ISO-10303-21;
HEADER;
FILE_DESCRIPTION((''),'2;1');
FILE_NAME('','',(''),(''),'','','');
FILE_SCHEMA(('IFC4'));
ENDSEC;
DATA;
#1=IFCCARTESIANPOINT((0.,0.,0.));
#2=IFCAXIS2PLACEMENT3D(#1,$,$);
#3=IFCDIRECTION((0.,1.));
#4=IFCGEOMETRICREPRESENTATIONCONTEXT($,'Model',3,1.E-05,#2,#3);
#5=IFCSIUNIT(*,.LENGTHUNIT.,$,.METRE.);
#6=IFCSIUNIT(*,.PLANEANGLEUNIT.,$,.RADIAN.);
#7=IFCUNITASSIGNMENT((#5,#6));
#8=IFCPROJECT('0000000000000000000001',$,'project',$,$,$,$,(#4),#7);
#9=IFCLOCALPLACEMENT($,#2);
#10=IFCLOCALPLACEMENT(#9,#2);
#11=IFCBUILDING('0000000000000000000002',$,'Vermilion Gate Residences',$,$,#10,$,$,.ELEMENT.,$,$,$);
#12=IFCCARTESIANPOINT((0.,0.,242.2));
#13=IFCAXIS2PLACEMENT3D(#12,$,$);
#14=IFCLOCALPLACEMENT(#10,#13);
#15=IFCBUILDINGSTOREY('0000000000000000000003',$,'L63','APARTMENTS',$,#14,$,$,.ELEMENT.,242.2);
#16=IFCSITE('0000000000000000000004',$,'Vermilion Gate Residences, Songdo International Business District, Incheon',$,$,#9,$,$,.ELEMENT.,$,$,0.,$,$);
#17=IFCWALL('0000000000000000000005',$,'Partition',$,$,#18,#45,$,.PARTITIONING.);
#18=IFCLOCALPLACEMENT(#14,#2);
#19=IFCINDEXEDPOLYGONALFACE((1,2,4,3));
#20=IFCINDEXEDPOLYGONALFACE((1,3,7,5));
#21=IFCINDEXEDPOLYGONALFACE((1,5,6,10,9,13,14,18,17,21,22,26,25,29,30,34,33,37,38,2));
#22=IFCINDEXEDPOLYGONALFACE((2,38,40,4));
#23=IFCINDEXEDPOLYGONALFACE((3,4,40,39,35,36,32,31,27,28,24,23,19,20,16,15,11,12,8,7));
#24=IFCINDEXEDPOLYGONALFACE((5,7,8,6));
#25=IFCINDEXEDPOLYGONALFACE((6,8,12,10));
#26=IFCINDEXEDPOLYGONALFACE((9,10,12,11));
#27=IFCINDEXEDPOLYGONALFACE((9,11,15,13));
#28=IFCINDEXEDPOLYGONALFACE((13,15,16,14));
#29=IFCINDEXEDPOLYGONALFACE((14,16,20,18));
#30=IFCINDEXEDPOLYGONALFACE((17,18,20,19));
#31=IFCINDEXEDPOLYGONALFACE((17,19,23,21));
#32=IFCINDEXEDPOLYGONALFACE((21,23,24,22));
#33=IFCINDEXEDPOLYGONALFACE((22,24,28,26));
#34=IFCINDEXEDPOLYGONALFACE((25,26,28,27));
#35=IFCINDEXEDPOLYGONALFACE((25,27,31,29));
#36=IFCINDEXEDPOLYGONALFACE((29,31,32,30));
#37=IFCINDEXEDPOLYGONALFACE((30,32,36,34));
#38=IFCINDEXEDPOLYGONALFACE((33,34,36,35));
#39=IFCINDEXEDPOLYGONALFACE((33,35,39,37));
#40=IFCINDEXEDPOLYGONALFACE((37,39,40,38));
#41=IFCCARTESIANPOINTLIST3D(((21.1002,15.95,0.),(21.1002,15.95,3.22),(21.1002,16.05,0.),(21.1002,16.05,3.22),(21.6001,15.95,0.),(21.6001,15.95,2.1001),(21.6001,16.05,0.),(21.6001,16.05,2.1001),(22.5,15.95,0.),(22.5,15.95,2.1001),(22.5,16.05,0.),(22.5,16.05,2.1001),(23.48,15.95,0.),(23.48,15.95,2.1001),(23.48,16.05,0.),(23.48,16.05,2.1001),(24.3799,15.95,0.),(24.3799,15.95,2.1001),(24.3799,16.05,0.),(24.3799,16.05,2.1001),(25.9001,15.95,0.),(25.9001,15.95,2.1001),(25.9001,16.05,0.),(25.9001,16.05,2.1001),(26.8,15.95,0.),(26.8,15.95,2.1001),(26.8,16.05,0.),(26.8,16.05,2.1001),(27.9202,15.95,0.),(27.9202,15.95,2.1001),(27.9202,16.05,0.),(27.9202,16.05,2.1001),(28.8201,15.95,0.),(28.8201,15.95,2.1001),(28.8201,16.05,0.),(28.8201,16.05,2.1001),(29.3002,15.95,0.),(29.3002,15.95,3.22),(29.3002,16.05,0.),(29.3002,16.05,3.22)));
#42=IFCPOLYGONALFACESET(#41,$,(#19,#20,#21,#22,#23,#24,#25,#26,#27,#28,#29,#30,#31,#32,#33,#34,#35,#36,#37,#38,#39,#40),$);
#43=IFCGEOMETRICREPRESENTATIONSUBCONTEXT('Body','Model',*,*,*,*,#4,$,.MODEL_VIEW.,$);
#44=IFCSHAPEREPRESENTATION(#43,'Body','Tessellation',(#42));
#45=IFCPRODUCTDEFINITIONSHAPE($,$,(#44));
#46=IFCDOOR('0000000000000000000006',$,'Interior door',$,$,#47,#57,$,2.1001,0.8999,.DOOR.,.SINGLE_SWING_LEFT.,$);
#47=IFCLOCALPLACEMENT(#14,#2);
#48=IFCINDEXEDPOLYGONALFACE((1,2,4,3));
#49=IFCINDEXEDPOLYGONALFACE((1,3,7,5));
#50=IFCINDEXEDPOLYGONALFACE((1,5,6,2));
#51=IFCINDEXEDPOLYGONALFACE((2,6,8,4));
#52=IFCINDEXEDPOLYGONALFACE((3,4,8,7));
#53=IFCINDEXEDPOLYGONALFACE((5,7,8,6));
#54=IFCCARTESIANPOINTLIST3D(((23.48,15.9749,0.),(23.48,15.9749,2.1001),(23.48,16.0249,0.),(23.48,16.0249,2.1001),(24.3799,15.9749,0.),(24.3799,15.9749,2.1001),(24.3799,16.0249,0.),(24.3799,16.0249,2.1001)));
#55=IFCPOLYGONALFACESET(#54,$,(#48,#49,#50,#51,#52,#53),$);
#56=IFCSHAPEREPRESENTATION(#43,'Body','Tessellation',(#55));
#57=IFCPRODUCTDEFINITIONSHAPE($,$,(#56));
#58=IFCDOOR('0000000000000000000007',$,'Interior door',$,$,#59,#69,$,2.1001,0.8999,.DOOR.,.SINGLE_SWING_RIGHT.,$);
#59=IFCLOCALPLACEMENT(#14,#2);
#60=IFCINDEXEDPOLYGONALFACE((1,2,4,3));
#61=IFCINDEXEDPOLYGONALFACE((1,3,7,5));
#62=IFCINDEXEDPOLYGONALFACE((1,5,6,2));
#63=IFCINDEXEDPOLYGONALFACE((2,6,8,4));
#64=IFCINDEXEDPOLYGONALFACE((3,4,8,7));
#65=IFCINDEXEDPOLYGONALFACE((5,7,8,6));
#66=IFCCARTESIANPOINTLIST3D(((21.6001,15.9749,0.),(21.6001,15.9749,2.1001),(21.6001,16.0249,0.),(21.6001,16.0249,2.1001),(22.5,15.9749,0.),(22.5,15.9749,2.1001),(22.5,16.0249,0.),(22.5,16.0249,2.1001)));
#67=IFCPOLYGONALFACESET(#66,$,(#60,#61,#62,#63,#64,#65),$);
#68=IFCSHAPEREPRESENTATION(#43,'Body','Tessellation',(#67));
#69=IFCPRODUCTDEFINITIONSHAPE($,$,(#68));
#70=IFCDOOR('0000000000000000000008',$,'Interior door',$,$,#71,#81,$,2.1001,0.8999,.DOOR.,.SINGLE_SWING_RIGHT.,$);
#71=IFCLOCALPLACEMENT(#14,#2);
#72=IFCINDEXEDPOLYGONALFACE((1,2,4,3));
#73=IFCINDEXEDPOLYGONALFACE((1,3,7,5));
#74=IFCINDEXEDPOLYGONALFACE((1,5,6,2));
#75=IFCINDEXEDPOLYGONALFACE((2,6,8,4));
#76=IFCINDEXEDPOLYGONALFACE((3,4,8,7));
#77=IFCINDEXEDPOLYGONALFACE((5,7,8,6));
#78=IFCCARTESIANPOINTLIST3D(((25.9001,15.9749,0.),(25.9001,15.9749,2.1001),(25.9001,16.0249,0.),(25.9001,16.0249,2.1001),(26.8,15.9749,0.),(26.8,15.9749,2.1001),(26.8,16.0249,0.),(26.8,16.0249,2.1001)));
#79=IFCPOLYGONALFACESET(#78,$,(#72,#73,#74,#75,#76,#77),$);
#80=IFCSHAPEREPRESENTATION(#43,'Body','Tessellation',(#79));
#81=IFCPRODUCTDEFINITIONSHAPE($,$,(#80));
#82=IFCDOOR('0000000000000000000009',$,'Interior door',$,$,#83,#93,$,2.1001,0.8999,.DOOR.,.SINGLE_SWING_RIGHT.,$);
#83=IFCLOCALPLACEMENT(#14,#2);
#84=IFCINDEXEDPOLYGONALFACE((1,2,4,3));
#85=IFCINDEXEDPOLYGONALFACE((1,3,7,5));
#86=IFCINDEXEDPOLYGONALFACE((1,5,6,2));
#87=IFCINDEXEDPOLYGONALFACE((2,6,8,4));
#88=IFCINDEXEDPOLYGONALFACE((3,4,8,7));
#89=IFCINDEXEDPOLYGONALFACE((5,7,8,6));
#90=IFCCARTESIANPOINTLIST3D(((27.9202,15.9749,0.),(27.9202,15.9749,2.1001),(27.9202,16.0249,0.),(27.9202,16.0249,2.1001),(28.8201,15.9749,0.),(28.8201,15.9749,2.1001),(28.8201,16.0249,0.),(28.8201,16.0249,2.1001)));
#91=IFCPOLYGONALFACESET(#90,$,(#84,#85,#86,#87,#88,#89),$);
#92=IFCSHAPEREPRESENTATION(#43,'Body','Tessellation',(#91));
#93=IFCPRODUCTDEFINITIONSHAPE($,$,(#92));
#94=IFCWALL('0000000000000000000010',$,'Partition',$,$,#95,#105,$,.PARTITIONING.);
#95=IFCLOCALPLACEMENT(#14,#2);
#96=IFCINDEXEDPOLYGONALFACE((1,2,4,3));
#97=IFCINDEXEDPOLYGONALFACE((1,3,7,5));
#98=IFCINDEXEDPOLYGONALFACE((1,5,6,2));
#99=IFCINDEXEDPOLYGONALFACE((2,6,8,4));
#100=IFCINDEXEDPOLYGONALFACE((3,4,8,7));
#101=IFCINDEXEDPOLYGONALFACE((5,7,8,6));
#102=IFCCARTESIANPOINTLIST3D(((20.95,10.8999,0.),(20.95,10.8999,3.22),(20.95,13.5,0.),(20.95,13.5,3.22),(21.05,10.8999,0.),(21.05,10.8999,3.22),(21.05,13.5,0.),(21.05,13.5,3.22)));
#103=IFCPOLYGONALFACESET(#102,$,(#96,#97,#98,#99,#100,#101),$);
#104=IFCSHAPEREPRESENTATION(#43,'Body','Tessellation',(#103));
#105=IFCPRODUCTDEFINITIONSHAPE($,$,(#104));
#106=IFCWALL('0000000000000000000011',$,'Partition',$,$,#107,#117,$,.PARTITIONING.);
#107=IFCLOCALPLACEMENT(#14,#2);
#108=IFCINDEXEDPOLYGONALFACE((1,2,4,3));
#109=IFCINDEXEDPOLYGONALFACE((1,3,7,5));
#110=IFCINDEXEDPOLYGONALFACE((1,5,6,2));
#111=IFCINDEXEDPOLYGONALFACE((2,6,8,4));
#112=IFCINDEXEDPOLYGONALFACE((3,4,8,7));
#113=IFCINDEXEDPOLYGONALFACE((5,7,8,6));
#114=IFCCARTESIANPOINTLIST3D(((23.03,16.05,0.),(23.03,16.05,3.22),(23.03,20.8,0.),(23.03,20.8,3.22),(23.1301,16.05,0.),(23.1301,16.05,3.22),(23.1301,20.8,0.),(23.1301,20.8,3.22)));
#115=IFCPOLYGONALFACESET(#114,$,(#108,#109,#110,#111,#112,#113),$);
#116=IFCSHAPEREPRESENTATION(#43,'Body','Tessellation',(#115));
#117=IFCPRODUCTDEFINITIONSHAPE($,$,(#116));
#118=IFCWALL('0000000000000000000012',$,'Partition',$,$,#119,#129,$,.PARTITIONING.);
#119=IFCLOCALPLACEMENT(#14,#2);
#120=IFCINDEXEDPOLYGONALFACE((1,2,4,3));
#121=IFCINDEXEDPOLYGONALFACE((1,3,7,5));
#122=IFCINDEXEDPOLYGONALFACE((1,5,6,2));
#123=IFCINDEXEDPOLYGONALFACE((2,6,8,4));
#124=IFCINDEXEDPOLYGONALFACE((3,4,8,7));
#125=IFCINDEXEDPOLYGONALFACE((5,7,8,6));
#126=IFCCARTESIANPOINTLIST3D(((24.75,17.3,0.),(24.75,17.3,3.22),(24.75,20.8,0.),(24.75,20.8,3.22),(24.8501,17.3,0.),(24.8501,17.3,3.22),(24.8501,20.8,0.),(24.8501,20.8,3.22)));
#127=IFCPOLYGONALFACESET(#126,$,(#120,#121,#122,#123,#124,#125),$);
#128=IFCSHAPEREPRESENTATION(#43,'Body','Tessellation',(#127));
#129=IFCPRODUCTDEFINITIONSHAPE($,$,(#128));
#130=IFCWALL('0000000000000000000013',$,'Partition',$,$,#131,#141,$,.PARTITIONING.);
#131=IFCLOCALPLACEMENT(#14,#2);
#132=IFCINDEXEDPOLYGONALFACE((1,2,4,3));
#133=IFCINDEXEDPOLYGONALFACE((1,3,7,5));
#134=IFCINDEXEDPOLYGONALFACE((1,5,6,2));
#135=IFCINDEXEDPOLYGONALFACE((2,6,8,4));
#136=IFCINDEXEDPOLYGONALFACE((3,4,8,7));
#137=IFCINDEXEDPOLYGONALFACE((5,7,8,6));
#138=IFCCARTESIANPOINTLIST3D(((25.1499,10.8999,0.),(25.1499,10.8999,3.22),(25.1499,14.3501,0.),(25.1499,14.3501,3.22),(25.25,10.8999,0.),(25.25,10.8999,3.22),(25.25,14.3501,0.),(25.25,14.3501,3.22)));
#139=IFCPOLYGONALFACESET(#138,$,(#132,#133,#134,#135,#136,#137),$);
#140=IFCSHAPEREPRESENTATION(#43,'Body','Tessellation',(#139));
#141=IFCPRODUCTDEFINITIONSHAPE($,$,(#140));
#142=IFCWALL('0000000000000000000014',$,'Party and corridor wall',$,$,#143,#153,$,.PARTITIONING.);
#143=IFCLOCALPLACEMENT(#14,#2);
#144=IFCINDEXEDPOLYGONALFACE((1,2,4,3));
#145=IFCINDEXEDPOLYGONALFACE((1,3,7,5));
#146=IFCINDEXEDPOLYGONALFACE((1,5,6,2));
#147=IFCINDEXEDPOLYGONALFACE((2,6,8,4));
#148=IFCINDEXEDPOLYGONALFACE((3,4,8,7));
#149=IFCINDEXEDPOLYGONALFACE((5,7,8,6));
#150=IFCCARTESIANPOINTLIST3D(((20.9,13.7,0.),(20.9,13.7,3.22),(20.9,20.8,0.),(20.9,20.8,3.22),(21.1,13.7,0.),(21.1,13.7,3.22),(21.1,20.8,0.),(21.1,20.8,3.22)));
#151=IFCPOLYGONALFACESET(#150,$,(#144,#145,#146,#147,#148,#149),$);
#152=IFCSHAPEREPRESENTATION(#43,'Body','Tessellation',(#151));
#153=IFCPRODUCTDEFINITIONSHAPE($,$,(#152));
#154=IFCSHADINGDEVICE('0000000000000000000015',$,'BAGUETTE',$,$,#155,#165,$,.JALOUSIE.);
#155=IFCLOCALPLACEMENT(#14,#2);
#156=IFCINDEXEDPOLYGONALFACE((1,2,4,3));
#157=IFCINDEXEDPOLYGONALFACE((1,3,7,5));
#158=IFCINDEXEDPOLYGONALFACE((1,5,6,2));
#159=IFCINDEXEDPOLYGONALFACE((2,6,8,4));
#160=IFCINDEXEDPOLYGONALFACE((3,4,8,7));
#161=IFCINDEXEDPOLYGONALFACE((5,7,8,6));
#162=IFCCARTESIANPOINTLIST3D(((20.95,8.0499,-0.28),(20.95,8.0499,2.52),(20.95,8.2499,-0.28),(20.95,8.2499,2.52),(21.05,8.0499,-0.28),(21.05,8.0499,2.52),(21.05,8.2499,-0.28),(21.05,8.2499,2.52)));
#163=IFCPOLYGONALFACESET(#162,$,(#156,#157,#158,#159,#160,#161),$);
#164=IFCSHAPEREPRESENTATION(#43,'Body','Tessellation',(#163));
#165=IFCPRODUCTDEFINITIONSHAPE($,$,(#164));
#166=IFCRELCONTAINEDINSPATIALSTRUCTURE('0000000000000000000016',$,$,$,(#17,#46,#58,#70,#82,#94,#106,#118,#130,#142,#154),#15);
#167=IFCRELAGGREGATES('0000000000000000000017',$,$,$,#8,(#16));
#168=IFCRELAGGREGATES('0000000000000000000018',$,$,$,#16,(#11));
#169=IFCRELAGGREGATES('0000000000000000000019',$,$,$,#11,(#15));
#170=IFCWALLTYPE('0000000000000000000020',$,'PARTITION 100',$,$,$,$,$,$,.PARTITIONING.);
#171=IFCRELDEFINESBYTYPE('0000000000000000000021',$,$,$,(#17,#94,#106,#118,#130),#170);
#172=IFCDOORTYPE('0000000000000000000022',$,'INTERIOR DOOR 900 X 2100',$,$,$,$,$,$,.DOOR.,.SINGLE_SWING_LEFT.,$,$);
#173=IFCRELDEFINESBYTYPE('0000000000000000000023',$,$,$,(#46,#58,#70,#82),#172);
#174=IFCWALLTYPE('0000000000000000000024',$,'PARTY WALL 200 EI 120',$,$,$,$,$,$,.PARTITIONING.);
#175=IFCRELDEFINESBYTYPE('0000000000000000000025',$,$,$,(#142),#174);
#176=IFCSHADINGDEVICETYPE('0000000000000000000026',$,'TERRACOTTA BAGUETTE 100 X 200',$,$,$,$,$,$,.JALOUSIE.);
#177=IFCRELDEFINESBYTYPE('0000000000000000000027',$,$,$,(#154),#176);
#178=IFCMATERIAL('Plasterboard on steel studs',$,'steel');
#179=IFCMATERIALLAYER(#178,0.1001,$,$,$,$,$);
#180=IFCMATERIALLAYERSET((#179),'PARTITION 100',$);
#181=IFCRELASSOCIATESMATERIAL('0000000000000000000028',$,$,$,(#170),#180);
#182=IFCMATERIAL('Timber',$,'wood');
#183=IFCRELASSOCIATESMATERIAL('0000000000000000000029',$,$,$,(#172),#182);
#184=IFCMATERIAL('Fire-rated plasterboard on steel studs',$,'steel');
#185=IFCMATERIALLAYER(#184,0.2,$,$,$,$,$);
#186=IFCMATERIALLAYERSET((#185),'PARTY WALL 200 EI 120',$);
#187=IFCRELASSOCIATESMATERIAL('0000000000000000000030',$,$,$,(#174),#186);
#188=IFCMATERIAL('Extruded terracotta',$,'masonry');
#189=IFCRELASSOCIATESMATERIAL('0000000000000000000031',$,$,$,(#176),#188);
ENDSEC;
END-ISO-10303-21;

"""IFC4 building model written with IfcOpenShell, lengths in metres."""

from ifc_helpers import new_model, si_unit, direction, frame, frame_2d, origin, origin_2d, place, context, subcontext, project, spatial, rectangle, extrude, material, layer, layer_set, material_profile, profile_set, type_object, element, fill, save


model = new_model("IFC4")

# Units and contexts
model_context = context("Model", 3, precision=1e-05, world=origin(), true_north=direction((0.0, 1.0)))
body_context = subcontext(model_context, "Body", "Model", "MODEL_VIEW")
ifc_project = project(units=[si_unit("LENGTHUNIT", "METRE"), si_unit("PLANEANGLEUNIT", "RADIAN")], contexts=[model_context])

# Site, building, storey
site_placement = place(None, origin())
site = spatial("IfcSite", under=ifc_project, at=site_placement, Name="Vermilion Gate Residences, Songdo International Business District, Incheon", CompositionType="ELEMENT", RefElevation=0.0)
building_placement = place(site_placement, origin())
building = spatial("IfcBuilding", under=site, at=building_placement, Name="Vermilion Gate Residences", CompositionType="ELEMENT")
storey_placement = place(building_placement, frame((0.0, 0.0, 242.2)))
storey = spatial("IfcBuildingStorey", under=building, at=storey_placement, Name="L63", Description="APARTMENTS", CompositionType="ELEMENT", Elevation=242.2)

# Wall, openings, doors
ifc_material_1 = material(Name="Plasterboard on steel studs", Category="steel")
ifc_layer_1 = layer(ifc_material_1, 0.1001)
ifc_layer_set_1 = layer_set([ifc_layer_1], Name="PARTITION 100")
wall_type_1 = type_object("IfcWallType", Name="PARTITION 100", PredefinedType="PARTITIONING", material=ifc_layer_set_1)
ifc_material_2 = material(Name="Timber", Category="wood")
door_type = type_object("IfcDoorType", Name="INTERIOR DOOR 900 X 2100", OperationType="SINGLE_SWING_LEFT", PredefinedType="DOOR", material=ifc_material_2)
wall_1_placement = place(storey_placement, frame((21.1001, 16.0, 0.0), z_axis=(0.0, 0.0, 1.0), x_axis=(1.0, 0.0, 0.0)))
wall_1 = element("IfcWall", 1, at=wall_1_placement, inside=storey, type_object=wall_type_1, Name="Partition", PredefinedType="PARTITIONING", context=body_context, shape_type="SweptSolid", body=[
    extrude(rectangle(XDim=8.2, YDim=0.1001, at=frame_2d((4.1001, 0.0))), origin(), (0.0, 0.0, 1.0), 3.22),
])
opening_1_placement = place(wall_1_placement, frame((2.3799, 0.0, 0.0)))
opening_1 = element("IfcOpeningElement", 2, at=opening_1_placement, cuts=wall_1, PredefinedType="OPENING", context=body_context, shape_type="SweptSolid", body=[
    extrude(rectangle(XDim=0.8999, YDim=2.1001, at=frame_2d((0.45, 1.05))), frame((0.0, 0.0601, 0.0), z_axis=(0.0, -1.0, 0.0), x_axis=(1.0, 0.0, 0.0)), (0.0, 0.0, 1.0), 0.1201),
])
opening_2_placement = place(wall_1_placement, frame((0.5, 0.0, 0.0)))
opening_2 = element("IfcOpeningElement", 3, at=opening_2_placement, cuts=wall_1, PredefinedType="OPENING", context=body_context, shape_type="SweptSolid", body=[
    extrude(rectangle(XDim=0.8999, YDim=2.1001, at=frame_2d((0.45, 1.05))), frame((0.0, 0.0601, 0.0), z_axis=(0.0, -1.0, 0.0), x_axis=(1.0, 0.0, 0.0)), (0.0, 0.0, 1.0), 0.1201),
])
opening_3_placement = place(wall_1_placement, frame((4.8, 0.0, 0.0)))
opening_3 = element("IfcOpeningElement", 4, at=opening_3_placement, cuts=wall_1, PredefinedType="OPENING", context=body_context, shape_type="SweptSolid", body=[
    extrude(rectangle(XDim=0.8999, YDim=2.1001, at=frame_2d((0.45, 1.05))), frame((0.0, 0.0601, 0.0), z_axis=(0.0, -1.0, 0.0), x_axis=(1.0, 0.0, 0.0)), (0.0, 0.0, 1.0), 0.1201),
])
opening_4_placement = place(wall_1_placement, frame((6.8201, 0.0, 0.0)))
opening_4 = element("IfcOpeningElement", 5, at=opening_4_placement, cuts=wall_1, PredefinedType="OPENING", context=body_context, shape_type="SweptSolid", body=[
    extrude(rectangle(XDim=0.8999, YDim=2.1001, at=frame_2d((0.45, 1.05))), frame((0.0, 0.0601, 0.0), z_axis=(0.0, -1.0, 0.0), x_axis=(1.0, 0.0, 0.0)), (0.0, 0.0, 1.0), 0.1201),
])
door_1_placement = place(opening_1_placement, origin())
door_1 = element("IfcDoor", 6, at=door_1_placement, inside=storey, type_object=door_type, Name="Interior door", OperationType="SINGLE_SWING_LEFT", OverallHeight=2.1001, OverallWidth=0.8999, PredefinedType="DOOR", context=body_context, shape_type="SweptSolid", body=[
    extrude(rectangle(XDim=0.8999, YDim=2.1001, at=frame_2d((0.45, 1.05))), frame((0.0, 0.0249, 0.0), z_axis=(0.0, -1.0, 0.0), x_axis=(1.0, 0.0, 0.0)), (0.0, 0.0, 1.0), 0.05),
])
fill(opening_1, door_1)
door_2_placement = place(opening_2_placement, origin())
door_2 = element("IfcDoor", 7, at=door_2_placement, inside=storey, type_object=door_type, Name="Interior door", OperationType="SINGLE_SWING_RIGHT", OverallHeight=2.1001, OverallWidth=0.8999, PredefinedType="DOOR", context=body_context, shape_type="SweptSolid", body=[
    extrude(rectangle(XDim=0.8999, YDim=2.1001, at=frame_2d((0.45, 1.05))), frame((0.0, 0.0249, 0.0), z_axis=(0.0, -1.0, 0.0), x_axis=(1.0, 0.0, 0.0)), (0.0, 0.0, 1.0), 0.05),
])
fill(opening_2, door_2)
door_3_placement = place(opening_3_placement, origin())
door_3 = element("IfcDoor", 8, at=door_3_placement, inside=storey, type_object=door_type, Name="Interior door", OperationType="SINGLE_SWING_RIGHT", OverallHeight=2.1001, OverallWidth=0.8999, PredefinedType="DOOR", context=body_context, shape_type="SweptSolid", body=[
    extrude(rectangle(XDim=0.8999, YDim=2.1001, at=frame_2d((0.45, 1.05))), frame((0.0, 0.0249, 0.0), z_axis=(0.0, -1.0, 0.0), x_axis=(1.0, 0.0, 0.0)), (0.0, 0.0, 1.0), 0.05),
])
fill(opening_3, door_3)
door_4_placement = place(opening_4_placement, origin())
door_4 = element("IfcDoor", 9, at=door_4_placement, inside=storey, type_object=door_type, Name="Interior door", OperationType="SINGLE_SWING_RIGHT", OverallHeight=2.1001, OverallWidth=0.8999, PredefinedType="DOOR", context=body_context, shape_type="SweptSolid", body=[
    extrude(rectangle(XDim=0.8999, YDim=2.1001, at=frame_2d((0.45, 1.05))), frame((0.0, 0.0249, 0.0), z_axis=(0.0, -1.0, 0.0), x_axis=(1.0, 0.0, 0.0)), (0.0, 0.0, 1.0), 0.05),
])
fill(opening_4, door_4)

# Walls
wall_2_placement = place(storey_placement, frame((21.0, 10.8999, 0.0), z_axis=(0.0, 0.0, 1.0), x_axis=(0.0, 1.0, 0.0)))
element("IfcWall", 10, at=wall_2_placement, inside=storey, type_object=wall_type_1, Name="Partition", PredefinedType="PARTITIONING", context=body_context, shape_type="SweptSolid", body=[
    extrude(rectangle(XDim=2.6001, YDim=0.1001, at=frame_2d((1.3, 0.0))), origin(), (0.0, 0.0, 1.0), 3.22),
])
wall_3_placement = place(storey_placement, frame((23.0801, 16.05, 0.0), z_axis=(0.0, 0.0, 1.0), x_axis=(0.0, 1.0, 0.0)))
element("IfcWall", 11, at=wall_3_placement, inside=storey, type_object=wall_type_1, Name="Partition", PredefinedType="PARTITIONING", context=body_context, shape_type="SweptSolid", body=[
    extrude(rectangle(XDim=4.75, YDim=0.1001, at=frame_2d((2.375, 0.0))), origin(), (0.0, 0.0, 1.0), 3.22),
])
wall_4_placement = place(storey_placement, frame((24.8, 17.3, 0.0), z_axis=(0.0, 0.0, 1.0), x_axis=(0.0, 1.0, 0.0)))
element("IfcWall", 12, at=wall_4_placement, inside=storey, type_object=wall_type_1, Name="Partition", PredefinedType="PARTITIONING", context=body_context, shape_type="SweptSolid", body=[
    extrude(rectangle(XDim=3.5, YDim=0.1001, at=frame_2d((1.75, 0.0))), origin(), (0.0, 0.0, 1.0), 3.22),
])
wall_5_placement = place(storey_placement, frame((25.2, 10.8999, 0.0), z_axis=(0.0, 0.0, 1.0), x_axis=(0.0, 1.0, 0.0)))
element("IfcWall", 13, at=wall_5_placement, inside=storey, type_object=wall_type_1, Name="Partition", PredefinedType="PARTITIONING", context=body_context, shape_type="SweptSolid", body=[
    extrude(rectangle(XDim=3.4502, YDim=0.1001, at=frame_2d((1.7251, 0.0))), origin(), (0.0, 0.0, 1.0), 3.22),
])
ifc_material_3 = material(Name="Fire-rated plasterboard on steel studs", Category="steel")
ifc_layer_2 = layer(ifc_material_3, 0.2)
ifc_layer_set_2 = layer_set([ifc_layer_2], Name="PARTY WALL 200 EI 120")
wall_type_2 = type_object("IfcWallType", Name="PARTY WALL 200 EI 120", PredefinedType="PARTITIONING", material=ifc_layer_set_2)
wall_6_placement = place(storey_placement, frame((21.0, 13.7, 0.0), z_axis=(0.0, 0.0, 1.0), x_axis=(0.0, 1.0, 0.0)))
element("IfcWall", 14, at=wall_6_placement, inside=storey, type_object=wall_type_2, Name="Party and corridor wall", PredefinedType="PARTITIONING", context=body_context, shape_type="SweptSolid", body=[
    extrude(rectangle(XDim=7.1001, YDim=0.2, at=frame_2d((3.55, 0.0))), origin(), (0.0, 0.0, 1.0), 3.22),
])

# Shading device
ifc_material_4 = material(Name="Extruded terracotta", Category="masonry")
ifc_material_profile_1 = material_profile(ifc_material_4, rectangle(XDim=0.2, YDim=0.1001, at=origin_2d()), Name="BAGUETTE 100 X 200")
ifc_profile_set_1 = profile_set([ifc_material_profile_1], Name="Extruded terracotta")
shading_device_type = type_object("IfcShadingDeviceType", Name="TERRACOTTA BAGUETTE 100 X 200", PredefinedType="JALOUSIE", material=ifc_profile_set_1)
shading_device_placement = place(storey_placement, frame((21.0, 8.1499, -0.28), z_axis=(0.0, 0.0, 1.0), x_axis=(0.0, 1.0, 0.0)))
element("IfcShadingDevice", 15, at=shading_device_placement, inside=storey, type_object=shading_device_type, Name="BAGUETTE", PredefinedType="JALOUSIE", context=body_context, shape_type="SweptSolid", body=[
    extrude(rectangle(XDim=0.2, YDim=0.1001, at=origin_2d()), origin(), (0.0, 0.0, 1.0), 2.8),
])

save(model, "model.ifc")
